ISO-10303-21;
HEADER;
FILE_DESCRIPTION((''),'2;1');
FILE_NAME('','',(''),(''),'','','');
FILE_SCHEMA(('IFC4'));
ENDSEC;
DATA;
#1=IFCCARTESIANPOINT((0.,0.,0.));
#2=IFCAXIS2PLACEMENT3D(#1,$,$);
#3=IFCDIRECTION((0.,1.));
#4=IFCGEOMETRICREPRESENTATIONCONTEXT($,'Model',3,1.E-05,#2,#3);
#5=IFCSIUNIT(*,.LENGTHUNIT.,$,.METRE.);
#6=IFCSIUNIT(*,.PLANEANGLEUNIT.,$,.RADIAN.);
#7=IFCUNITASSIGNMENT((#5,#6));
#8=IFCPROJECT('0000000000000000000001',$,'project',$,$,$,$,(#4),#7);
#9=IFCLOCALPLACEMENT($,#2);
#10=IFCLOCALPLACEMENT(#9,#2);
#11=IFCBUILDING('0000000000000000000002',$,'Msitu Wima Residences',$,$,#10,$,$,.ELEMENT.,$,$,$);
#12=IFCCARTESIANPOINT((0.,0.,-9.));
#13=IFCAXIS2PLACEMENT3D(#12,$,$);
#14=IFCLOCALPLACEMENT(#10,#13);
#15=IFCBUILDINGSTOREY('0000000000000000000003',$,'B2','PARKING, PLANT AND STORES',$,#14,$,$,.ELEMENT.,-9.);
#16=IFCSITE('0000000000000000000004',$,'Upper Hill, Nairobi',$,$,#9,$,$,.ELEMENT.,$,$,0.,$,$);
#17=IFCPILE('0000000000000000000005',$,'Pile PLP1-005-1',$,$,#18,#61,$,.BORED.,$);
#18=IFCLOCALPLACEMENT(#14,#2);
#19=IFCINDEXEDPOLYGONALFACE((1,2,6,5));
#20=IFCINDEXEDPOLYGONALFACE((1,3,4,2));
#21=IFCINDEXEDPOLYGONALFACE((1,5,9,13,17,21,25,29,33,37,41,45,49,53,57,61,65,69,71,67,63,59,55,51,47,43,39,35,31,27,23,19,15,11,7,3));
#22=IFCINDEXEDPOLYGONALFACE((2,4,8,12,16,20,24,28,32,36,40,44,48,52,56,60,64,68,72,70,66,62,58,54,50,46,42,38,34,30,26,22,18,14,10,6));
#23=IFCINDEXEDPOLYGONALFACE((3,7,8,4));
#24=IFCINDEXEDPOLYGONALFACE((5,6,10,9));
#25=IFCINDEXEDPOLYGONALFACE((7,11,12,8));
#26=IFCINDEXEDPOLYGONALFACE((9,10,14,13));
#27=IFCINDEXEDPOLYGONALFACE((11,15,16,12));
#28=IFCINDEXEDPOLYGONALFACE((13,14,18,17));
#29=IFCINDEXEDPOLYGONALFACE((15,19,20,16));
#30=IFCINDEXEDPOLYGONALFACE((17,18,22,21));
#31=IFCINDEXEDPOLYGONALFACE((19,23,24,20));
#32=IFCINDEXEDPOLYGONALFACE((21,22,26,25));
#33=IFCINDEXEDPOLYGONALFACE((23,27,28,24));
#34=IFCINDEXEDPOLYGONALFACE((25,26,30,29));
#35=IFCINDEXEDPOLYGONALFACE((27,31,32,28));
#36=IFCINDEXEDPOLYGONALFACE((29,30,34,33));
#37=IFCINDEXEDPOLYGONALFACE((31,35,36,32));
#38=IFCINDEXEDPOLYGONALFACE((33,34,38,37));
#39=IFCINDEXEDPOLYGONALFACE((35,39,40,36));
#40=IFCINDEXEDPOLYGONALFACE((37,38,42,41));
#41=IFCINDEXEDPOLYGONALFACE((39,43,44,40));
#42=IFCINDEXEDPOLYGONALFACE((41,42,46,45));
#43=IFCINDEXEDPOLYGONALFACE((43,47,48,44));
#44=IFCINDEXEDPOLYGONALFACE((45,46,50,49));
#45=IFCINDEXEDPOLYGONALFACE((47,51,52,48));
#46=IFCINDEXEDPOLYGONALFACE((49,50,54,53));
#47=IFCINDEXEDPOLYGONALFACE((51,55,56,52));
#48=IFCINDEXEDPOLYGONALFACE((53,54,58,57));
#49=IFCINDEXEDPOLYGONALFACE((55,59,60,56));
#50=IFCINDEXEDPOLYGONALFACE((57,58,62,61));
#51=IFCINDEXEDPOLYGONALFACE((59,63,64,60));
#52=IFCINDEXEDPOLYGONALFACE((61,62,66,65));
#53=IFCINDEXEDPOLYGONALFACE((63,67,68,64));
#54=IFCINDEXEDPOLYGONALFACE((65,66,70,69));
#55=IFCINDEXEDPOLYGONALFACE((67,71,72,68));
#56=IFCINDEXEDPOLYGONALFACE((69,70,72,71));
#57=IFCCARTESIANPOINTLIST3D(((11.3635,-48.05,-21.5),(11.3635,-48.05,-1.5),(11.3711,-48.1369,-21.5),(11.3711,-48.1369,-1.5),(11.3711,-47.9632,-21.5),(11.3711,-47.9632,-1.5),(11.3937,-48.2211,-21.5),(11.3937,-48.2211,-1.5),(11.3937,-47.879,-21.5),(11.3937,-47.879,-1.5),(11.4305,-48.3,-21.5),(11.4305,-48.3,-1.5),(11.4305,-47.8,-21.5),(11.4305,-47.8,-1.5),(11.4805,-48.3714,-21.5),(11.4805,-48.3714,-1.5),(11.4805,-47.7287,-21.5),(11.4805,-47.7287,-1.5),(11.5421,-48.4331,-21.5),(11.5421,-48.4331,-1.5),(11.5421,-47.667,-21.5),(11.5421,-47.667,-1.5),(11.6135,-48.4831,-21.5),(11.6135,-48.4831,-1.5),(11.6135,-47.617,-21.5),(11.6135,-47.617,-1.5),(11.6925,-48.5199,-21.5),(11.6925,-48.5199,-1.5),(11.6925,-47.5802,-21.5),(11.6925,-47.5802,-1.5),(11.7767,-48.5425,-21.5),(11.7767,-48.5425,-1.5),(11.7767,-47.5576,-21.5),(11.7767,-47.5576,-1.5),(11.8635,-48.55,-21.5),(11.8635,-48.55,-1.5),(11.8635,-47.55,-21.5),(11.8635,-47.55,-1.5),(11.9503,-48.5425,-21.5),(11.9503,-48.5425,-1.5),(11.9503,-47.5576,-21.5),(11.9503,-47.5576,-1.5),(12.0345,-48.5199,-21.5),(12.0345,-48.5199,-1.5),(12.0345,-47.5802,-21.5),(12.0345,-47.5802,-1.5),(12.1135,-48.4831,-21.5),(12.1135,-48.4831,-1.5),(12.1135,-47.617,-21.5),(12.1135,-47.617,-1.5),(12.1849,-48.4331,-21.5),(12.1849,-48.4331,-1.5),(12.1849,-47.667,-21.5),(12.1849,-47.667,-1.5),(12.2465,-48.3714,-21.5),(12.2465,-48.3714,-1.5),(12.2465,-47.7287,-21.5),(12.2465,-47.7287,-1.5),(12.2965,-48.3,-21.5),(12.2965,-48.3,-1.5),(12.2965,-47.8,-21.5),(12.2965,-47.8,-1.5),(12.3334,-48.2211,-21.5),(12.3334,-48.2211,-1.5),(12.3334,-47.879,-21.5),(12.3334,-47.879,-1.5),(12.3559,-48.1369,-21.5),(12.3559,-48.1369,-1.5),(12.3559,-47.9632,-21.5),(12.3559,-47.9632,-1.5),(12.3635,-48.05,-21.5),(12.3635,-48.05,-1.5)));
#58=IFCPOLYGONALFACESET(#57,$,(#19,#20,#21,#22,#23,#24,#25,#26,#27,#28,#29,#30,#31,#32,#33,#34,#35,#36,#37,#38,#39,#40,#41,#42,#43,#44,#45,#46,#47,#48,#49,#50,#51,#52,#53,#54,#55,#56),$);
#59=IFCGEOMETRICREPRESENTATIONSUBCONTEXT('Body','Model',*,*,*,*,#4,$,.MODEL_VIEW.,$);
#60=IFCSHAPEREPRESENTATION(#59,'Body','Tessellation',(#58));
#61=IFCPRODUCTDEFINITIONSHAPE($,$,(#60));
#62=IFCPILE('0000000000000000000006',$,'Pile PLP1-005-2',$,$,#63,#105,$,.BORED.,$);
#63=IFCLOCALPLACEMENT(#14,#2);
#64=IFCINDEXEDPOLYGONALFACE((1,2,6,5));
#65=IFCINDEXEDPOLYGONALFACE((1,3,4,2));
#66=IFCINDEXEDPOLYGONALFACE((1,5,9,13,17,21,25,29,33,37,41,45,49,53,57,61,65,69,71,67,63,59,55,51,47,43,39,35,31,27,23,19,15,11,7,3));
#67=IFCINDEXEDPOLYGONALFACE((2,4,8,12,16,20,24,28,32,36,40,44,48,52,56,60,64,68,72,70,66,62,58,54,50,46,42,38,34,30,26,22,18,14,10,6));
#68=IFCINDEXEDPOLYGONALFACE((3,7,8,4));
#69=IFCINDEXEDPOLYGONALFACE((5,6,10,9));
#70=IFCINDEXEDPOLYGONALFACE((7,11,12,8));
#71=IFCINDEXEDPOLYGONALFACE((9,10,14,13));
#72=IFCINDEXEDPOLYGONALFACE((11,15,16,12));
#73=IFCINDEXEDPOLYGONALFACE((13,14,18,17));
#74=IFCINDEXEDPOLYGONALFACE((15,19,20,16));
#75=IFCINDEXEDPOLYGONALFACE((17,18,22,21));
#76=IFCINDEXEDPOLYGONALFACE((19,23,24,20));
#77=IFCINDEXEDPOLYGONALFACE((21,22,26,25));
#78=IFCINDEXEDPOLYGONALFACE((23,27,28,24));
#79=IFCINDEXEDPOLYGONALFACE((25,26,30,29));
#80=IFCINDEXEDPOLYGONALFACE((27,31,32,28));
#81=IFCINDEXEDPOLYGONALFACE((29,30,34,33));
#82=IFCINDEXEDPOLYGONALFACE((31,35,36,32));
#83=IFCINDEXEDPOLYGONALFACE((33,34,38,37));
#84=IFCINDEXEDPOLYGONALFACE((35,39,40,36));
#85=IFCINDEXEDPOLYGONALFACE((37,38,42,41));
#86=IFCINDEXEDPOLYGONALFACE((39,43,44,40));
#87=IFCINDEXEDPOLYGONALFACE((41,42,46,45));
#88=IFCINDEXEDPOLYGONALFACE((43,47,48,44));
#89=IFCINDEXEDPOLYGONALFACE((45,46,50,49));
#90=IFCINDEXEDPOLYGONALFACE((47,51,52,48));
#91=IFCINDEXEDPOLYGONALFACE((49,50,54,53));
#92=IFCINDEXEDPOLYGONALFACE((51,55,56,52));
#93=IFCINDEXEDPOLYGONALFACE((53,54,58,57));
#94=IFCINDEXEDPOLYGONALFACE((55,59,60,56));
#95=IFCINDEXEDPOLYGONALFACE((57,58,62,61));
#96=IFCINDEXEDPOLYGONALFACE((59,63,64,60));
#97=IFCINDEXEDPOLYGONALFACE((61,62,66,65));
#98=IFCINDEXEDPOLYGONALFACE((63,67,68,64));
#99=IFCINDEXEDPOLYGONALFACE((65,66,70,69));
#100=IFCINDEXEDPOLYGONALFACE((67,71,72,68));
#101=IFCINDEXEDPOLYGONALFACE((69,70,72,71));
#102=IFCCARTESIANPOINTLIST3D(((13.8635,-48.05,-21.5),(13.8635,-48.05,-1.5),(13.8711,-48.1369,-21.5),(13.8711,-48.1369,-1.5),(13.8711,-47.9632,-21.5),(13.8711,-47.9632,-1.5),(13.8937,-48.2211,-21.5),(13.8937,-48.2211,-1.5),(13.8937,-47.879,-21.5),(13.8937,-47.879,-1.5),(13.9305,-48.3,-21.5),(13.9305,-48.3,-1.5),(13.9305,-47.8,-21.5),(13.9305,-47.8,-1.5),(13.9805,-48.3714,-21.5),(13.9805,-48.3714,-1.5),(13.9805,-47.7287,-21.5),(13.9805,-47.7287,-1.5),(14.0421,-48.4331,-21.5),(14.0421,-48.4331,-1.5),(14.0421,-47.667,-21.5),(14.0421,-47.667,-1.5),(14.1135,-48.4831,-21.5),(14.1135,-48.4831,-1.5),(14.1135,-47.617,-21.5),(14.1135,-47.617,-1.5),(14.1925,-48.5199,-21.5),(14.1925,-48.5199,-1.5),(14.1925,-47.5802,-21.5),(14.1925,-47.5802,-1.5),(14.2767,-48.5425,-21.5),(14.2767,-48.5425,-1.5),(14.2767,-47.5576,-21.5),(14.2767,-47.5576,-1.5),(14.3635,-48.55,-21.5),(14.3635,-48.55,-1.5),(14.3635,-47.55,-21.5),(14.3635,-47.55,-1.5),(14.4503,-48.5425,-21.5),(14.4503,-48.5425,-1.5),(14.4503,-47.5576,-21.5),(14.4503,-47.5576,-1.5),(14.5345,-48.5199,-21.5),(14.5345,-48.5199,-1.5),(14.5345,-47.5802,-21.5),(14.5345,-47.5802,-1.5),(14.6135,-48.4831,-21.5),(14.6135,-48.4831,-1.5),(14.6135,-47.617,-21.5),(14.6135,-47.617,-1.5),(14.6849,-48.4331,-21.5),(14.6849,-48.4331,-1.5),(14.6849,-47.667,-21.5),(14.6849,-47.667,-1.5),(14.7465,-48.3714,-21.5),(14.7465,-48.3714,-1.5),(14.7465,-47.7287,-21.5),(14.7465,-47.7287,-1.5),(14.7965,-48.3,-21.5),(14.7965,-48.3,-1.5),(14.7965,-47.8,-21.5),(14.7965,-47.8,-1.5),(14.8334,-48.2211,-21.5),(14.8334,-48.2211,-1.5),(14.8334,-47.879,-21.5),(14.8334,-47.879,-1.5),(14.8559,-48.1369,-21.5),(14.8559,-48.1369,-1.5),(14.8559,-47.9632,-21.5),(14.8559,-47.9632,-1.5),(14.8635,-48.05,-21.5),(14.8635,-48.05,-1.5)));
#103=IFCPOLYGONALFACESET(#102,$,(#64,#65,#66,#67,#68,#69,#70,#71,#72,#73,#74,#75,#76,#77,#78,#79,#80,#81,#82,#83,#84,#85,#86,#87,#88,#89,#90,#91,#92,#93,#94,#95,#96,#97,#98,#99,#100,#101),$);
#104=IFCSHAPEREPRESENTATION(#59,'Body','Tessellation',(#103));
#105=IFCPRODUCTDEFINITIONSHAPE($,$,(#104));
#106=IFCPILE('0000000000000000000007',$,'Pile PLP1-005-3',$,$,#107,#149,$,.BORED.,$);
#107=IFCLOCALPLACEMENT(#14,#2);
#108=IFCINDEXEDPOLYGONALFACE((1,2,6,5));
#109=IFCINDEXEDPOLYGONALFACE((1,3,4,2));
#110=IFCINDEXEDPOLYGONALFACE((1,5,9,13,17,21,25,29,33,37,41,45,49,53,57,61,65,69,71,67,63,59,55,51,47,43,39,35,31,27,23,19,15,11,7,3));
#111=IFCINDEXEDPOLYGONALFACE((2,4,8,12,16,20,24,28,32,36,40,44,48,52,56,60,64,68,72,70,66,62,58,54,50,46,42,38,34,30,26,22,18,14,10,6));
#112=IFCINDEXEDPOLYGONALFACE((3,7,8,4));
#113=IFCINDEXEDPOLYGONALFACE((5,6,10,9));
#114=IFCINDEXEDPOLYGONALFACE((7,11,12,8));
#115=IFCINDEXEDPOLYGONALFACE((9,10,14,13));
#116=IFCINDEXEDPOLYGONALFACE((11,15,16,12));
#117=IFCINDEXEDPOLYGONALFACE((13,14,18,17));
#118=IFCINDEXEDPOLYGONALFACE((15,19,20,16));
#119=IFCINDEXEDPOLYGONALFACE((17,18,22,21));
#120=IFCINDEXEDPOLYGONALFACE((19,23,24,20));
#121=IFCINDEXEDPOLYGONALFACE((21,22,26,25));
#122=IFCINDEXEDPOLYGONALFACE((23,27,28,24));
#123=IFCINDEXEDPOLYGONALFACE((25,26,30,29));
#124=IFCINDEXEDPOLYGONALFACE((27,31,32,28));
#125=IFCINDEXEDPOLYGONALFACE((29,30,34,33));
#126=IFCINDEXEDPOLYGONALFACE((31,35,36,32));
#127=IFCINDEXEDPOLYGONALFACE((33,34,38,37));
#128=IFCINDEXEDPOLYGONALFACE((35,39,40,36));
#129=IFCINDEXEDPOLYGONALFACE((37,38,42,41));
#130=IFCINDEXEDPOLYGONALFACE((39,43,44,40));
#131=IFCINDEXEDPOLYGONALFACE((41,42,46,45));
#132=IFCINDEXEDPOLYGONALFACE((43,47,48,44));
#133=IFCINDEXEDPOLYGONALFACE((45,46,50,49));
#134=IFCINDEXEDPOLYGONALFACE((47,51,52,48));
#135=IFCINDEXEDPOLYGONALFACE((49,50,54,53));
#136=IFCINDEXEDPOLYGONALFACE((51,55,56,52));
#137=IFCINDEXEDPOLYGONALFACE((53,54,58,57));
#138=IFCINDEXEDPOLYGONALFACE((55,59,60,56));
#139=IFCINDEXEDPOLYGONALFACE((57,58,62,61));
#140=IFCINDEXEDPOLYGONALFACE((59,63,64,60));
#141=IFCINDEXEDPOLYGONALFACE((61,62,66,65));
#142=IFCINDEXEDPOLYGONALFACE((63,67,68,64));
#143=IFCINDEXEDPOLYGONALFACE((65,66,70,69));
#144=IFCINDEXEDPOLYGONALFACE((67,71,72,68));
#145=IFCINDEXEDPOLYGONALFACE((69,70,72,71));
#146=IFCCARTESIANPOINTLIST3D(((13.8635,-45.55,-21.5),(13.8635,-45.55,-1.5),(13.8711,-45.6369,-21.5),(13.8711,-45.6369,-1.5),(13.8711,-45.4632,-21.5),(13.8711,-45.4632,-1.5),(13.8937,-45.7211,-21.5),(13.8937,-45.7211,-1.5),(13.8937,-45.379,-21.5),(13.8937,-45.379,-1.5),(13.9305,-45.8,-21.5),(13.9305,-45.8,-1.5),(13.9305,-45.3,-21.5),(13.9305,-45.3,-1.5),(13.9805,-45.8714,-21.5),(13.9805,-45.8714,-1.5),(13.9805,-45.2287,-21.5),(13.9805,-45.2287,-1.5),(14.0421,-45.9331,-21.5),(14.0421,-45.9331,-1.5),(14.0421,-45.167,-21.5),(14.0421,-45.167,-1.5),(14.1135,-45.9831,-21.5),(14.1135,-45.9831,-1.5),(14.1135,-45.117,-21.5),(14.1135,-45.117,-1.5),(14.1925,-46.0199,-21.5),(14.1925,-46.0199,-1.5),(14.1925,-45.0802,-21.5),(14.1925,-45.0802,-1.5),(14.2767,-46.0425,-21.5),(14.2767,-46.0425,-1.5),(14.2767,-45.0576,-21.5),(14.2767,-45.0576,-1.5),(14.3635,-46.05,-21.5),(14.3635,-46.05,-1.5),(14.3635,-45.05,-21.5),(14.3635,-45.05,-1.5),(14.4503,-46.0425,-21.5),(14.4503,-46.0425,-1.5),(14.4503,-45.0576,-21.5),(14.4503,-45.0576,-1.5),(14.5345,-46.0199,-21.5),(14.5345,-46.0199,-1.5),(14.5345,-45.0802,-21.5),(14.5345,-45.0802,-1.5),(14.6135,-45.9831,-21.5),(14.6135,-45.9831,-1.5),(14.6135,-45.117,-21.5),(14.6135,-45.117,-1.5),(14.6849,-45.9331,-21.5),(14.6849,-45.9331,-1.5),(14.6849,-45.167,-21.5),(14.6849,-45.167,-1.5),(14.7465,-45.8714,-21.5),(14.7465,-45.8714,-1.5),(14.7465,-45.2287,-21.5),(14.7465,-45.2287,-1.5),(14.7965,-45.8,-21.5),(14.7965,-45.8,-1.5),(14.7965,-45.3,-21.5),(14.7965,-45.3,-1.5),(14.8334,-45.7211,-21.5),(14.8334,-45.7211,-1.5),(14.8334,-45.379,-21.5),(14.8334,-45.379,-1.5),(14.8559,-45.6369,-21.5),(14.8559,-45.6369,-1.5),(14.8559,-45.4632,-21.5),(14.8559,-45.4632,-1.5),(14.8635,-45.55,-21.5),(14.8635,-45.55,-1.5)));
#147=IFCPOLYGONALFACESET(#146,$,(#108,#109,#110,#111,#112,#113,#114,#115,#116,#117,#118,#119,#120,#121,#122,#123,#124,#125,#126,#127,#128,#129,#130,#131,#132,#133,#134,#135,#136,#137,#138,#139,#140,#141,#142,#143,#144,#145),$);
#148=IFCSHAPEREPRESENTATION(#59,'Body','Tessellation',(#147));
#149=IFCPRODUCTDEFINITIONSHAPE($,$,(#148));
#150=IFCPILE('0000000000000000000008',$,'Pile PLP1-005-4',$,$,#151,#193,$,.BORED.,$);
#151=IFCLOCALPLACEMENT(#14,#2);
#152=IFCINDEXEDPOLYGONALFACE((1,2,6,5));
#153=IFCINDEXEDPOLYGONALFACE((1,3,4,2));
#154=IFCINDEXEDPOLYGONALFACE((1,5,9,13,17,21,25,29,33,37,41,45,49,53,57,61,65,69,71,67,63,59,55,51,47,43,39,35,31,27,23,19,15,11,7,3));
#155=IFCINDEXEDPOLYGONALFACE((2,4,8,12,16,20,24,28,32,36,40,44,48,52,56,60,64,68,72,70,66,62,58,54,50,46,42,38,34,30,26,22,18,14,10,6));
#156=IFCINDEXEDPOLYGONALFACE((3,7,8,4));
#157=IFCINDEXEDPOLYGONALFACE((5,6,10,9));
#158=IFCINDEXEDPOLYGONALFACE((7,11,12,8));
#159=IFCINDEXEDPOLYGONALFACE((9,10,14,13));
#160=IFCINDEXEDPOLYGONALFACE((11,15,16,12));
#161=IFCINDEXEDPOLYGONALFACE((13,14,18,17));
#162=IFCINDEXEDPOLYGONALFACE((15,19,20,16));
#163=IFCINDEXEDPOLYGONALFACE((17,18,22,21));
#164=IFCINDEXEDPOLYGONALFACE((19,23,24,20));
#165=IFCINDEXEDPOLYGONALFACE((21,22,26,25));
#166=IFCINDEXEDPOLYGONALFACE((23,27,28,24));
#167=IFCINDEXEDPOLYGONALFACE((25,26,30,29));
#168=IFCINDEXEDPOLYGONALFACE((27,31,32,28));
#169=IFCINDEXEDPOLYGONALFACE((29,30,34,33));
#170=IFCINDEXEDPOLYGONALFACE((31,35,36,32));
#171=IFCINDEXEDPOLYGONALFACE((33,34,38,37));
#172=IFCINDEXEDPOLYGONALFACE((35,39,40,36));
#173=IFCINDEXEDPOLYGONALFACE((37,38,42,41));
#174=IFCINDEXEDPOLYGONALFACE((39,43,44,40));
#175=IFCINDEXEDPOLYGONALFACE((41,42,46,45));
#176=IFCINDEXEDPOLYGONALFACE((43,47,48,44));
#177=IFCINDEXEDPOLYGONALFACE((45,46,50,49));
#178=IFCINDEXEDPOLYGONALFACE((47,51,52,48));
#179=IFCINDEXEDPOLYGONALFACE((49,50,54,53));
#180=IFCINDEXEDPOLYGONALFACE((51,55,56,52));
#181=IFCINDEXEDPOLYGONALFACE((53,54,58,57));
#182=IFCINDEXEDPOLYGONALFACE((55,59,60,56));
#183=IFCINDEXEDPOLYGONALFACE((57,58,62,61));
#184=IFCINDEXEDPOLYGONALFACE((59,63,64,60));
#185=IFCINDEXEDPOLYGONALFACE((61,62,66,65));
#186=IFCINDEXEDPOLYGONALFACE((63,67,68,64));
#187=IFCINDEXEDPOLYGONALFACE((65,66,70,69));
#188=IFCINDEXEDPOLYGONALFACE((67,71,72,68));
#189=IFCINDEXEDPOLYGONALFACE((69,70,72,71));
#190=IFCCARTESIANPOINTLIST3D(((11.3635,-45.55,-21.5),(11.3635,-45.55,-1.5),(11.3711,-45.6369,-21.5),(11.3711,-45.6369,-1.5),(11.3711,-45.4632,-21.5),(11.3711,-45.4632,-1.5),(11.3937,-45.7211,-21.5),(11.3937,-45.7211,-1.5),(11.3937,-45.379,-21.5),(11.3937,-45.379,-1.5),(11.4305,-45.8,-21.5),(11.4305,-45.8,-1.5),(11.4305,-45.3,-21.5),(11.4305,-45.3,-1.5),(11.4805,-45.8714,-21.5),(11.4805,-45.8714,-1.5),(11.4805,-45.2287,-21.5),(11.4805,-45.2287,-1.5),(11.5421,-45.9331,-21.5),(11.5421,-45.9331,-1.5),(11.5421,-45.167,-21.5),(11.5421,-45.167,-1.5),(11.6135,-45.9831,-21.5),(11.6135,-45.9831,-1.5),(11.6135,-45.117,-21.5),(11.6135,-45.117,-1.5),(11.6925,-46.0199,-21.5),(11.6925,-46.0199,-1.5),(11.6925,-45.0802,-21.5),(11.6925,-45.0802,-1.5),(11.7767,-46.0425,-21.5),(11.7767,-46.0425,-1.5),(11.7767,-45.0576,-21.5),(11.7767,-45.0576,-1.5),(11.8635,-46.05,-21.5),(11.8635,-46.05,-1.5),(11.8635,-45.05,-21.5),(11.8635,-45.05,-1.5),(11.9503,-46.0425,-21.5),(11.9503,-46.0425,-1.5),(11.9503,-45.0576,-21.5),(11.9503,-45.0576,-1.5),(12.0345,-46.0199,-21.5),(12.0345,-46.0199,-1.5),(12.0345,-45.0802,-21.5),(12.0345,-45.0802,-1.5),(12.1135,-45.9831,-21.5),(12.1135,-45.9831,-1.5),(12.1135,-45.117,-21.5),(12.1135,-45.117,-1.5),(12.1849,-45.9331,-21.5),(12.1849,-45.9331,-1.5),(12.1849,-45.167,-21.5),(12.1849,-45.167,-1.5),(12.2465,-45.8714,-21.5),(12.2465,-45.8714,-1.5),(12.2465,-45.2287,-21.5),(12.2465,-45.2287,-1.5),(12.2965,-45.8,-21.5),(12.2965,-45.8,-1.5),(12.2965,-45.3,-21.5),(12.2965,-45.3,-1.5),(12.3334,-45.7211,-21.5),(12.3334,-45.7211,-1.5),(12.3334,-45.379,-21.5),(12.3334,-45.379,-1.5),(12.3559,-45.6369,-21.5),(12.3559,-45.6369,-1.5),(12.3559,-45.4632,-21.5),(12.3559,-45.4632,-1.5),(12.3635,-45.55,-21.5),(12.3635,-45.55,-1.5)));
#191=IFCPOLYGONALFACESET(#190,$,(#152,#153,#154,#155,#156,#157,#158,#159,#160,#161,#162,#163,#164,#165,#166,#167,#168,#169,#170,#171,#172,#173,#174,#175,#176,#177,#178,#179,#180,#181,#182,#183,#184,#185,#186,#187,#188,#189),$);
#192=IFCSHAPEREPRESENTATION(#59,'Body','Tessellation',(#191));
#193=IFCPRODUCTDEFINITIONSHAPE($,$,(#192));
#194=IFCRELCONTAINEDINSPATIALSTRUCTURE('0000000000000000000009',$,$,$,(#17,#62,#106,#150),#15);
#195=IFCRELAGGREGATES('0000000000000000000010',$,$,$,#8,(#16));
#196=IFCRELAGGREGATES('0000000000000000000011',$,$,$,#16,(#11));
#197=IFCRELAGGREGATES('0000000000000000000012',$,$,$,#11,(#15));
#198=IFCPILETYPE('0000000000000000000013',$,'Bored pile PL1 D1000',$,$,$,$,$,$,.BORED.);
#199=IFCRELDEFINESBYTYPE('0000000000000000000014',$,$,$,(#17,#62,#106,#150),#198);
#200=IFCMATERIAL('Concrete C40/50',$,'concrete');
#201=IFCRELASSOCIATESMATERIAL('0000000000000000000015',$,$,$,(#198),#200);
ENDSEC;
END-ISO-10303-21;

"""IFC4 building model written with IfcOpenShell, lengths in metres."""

from ifc_helpers import new_model, si_unit, direction, frame, origin, origin_2d, place, context, subcontext, project, spatial, circle, extrude, material, type_object, element, save


model = new_model("IFC4")

# Units and contexts
model_context = context("Model", 3, precision=1e-05, world=origin(), true_north=direction((0.0, 1.0)))
body_context = subcontext(model_context, "Body", "Model", "MODEL_VIEW")
ifc_project = project(units=[si_unit("LENGTHUNIT", "METRE"), si_unit("PLANEANGLEUNIT", "RADIAN")], contexts=[model_context])

# Site, building, storey
site_placement = place(None, origin())
site = spatial("IfcSite", under=ifc_project, at=site_placement, Name="Upper Hill, Nairobi", CompositionType="ELEMENT", RefElevation=0.0)
building_placement = place(site_placement, origin())
building = spatial("IfcBuilding", under=site, at=building_placement, Name="Msitu Wima Residences", CompositionType="ELEMENT")
storey_placement = place(building_placement, frame((0.0, 0.0, -9.0)))
storey = spatial("IfcBuildingStorey", under=building, at=storey_placement, Name="B2", Description="PARKING, PLANT AND STORES", CompositionType="ELEMENT", Elevation=-9.0)

# Piles
ifc_material_1 = material(Name="Concrete C40/50", Category="concrete")
pile_type = type_object("IfcPileType", Name="Bored pile PL1 D1000", PredefinedType="BORED", material=ifc_material_1)
for number, where, z_axis, x_axis, name in (
    (1, (11.8635, -48.05, -1.5), (0.0, 0.0, -1.0), (1.0, 0.0, 0.0), "Pile PLP1-005-1"),
    (2, (14.3635, -48.05, -1.5), (0.0, 0.0, -1.0), (1.0, 0.0, 0.0), "Pile PLP1-005-2"),
    (3, (14.3635, -45.55, -1.5), (0.0, 0.0, -1.0), (1.0, 0.0, 0.0), "Pile PLP1-005-3"),
    (4, (11.8635, -45.55, -1.5), (0.0, 0.0, -1.0), (1.0, 0.0, 0.0), "Pile PLP1-005-4"),
):
    element("IfcPile", number, at=place(storey_placement, frame(where, z_axis=z_axis, x_axis=x_axis)), inside=storey, type_object=pile_type, Name=name, PredefinedType="BORED", context=body_context, shape_type="SweptSolid", body=[
        extrude(circle(Radius=0.5, at=origin_2d()), origin(), (0.0, 0.0, 1.0), 20.0),
    ])

save(model, "model.ifc")
